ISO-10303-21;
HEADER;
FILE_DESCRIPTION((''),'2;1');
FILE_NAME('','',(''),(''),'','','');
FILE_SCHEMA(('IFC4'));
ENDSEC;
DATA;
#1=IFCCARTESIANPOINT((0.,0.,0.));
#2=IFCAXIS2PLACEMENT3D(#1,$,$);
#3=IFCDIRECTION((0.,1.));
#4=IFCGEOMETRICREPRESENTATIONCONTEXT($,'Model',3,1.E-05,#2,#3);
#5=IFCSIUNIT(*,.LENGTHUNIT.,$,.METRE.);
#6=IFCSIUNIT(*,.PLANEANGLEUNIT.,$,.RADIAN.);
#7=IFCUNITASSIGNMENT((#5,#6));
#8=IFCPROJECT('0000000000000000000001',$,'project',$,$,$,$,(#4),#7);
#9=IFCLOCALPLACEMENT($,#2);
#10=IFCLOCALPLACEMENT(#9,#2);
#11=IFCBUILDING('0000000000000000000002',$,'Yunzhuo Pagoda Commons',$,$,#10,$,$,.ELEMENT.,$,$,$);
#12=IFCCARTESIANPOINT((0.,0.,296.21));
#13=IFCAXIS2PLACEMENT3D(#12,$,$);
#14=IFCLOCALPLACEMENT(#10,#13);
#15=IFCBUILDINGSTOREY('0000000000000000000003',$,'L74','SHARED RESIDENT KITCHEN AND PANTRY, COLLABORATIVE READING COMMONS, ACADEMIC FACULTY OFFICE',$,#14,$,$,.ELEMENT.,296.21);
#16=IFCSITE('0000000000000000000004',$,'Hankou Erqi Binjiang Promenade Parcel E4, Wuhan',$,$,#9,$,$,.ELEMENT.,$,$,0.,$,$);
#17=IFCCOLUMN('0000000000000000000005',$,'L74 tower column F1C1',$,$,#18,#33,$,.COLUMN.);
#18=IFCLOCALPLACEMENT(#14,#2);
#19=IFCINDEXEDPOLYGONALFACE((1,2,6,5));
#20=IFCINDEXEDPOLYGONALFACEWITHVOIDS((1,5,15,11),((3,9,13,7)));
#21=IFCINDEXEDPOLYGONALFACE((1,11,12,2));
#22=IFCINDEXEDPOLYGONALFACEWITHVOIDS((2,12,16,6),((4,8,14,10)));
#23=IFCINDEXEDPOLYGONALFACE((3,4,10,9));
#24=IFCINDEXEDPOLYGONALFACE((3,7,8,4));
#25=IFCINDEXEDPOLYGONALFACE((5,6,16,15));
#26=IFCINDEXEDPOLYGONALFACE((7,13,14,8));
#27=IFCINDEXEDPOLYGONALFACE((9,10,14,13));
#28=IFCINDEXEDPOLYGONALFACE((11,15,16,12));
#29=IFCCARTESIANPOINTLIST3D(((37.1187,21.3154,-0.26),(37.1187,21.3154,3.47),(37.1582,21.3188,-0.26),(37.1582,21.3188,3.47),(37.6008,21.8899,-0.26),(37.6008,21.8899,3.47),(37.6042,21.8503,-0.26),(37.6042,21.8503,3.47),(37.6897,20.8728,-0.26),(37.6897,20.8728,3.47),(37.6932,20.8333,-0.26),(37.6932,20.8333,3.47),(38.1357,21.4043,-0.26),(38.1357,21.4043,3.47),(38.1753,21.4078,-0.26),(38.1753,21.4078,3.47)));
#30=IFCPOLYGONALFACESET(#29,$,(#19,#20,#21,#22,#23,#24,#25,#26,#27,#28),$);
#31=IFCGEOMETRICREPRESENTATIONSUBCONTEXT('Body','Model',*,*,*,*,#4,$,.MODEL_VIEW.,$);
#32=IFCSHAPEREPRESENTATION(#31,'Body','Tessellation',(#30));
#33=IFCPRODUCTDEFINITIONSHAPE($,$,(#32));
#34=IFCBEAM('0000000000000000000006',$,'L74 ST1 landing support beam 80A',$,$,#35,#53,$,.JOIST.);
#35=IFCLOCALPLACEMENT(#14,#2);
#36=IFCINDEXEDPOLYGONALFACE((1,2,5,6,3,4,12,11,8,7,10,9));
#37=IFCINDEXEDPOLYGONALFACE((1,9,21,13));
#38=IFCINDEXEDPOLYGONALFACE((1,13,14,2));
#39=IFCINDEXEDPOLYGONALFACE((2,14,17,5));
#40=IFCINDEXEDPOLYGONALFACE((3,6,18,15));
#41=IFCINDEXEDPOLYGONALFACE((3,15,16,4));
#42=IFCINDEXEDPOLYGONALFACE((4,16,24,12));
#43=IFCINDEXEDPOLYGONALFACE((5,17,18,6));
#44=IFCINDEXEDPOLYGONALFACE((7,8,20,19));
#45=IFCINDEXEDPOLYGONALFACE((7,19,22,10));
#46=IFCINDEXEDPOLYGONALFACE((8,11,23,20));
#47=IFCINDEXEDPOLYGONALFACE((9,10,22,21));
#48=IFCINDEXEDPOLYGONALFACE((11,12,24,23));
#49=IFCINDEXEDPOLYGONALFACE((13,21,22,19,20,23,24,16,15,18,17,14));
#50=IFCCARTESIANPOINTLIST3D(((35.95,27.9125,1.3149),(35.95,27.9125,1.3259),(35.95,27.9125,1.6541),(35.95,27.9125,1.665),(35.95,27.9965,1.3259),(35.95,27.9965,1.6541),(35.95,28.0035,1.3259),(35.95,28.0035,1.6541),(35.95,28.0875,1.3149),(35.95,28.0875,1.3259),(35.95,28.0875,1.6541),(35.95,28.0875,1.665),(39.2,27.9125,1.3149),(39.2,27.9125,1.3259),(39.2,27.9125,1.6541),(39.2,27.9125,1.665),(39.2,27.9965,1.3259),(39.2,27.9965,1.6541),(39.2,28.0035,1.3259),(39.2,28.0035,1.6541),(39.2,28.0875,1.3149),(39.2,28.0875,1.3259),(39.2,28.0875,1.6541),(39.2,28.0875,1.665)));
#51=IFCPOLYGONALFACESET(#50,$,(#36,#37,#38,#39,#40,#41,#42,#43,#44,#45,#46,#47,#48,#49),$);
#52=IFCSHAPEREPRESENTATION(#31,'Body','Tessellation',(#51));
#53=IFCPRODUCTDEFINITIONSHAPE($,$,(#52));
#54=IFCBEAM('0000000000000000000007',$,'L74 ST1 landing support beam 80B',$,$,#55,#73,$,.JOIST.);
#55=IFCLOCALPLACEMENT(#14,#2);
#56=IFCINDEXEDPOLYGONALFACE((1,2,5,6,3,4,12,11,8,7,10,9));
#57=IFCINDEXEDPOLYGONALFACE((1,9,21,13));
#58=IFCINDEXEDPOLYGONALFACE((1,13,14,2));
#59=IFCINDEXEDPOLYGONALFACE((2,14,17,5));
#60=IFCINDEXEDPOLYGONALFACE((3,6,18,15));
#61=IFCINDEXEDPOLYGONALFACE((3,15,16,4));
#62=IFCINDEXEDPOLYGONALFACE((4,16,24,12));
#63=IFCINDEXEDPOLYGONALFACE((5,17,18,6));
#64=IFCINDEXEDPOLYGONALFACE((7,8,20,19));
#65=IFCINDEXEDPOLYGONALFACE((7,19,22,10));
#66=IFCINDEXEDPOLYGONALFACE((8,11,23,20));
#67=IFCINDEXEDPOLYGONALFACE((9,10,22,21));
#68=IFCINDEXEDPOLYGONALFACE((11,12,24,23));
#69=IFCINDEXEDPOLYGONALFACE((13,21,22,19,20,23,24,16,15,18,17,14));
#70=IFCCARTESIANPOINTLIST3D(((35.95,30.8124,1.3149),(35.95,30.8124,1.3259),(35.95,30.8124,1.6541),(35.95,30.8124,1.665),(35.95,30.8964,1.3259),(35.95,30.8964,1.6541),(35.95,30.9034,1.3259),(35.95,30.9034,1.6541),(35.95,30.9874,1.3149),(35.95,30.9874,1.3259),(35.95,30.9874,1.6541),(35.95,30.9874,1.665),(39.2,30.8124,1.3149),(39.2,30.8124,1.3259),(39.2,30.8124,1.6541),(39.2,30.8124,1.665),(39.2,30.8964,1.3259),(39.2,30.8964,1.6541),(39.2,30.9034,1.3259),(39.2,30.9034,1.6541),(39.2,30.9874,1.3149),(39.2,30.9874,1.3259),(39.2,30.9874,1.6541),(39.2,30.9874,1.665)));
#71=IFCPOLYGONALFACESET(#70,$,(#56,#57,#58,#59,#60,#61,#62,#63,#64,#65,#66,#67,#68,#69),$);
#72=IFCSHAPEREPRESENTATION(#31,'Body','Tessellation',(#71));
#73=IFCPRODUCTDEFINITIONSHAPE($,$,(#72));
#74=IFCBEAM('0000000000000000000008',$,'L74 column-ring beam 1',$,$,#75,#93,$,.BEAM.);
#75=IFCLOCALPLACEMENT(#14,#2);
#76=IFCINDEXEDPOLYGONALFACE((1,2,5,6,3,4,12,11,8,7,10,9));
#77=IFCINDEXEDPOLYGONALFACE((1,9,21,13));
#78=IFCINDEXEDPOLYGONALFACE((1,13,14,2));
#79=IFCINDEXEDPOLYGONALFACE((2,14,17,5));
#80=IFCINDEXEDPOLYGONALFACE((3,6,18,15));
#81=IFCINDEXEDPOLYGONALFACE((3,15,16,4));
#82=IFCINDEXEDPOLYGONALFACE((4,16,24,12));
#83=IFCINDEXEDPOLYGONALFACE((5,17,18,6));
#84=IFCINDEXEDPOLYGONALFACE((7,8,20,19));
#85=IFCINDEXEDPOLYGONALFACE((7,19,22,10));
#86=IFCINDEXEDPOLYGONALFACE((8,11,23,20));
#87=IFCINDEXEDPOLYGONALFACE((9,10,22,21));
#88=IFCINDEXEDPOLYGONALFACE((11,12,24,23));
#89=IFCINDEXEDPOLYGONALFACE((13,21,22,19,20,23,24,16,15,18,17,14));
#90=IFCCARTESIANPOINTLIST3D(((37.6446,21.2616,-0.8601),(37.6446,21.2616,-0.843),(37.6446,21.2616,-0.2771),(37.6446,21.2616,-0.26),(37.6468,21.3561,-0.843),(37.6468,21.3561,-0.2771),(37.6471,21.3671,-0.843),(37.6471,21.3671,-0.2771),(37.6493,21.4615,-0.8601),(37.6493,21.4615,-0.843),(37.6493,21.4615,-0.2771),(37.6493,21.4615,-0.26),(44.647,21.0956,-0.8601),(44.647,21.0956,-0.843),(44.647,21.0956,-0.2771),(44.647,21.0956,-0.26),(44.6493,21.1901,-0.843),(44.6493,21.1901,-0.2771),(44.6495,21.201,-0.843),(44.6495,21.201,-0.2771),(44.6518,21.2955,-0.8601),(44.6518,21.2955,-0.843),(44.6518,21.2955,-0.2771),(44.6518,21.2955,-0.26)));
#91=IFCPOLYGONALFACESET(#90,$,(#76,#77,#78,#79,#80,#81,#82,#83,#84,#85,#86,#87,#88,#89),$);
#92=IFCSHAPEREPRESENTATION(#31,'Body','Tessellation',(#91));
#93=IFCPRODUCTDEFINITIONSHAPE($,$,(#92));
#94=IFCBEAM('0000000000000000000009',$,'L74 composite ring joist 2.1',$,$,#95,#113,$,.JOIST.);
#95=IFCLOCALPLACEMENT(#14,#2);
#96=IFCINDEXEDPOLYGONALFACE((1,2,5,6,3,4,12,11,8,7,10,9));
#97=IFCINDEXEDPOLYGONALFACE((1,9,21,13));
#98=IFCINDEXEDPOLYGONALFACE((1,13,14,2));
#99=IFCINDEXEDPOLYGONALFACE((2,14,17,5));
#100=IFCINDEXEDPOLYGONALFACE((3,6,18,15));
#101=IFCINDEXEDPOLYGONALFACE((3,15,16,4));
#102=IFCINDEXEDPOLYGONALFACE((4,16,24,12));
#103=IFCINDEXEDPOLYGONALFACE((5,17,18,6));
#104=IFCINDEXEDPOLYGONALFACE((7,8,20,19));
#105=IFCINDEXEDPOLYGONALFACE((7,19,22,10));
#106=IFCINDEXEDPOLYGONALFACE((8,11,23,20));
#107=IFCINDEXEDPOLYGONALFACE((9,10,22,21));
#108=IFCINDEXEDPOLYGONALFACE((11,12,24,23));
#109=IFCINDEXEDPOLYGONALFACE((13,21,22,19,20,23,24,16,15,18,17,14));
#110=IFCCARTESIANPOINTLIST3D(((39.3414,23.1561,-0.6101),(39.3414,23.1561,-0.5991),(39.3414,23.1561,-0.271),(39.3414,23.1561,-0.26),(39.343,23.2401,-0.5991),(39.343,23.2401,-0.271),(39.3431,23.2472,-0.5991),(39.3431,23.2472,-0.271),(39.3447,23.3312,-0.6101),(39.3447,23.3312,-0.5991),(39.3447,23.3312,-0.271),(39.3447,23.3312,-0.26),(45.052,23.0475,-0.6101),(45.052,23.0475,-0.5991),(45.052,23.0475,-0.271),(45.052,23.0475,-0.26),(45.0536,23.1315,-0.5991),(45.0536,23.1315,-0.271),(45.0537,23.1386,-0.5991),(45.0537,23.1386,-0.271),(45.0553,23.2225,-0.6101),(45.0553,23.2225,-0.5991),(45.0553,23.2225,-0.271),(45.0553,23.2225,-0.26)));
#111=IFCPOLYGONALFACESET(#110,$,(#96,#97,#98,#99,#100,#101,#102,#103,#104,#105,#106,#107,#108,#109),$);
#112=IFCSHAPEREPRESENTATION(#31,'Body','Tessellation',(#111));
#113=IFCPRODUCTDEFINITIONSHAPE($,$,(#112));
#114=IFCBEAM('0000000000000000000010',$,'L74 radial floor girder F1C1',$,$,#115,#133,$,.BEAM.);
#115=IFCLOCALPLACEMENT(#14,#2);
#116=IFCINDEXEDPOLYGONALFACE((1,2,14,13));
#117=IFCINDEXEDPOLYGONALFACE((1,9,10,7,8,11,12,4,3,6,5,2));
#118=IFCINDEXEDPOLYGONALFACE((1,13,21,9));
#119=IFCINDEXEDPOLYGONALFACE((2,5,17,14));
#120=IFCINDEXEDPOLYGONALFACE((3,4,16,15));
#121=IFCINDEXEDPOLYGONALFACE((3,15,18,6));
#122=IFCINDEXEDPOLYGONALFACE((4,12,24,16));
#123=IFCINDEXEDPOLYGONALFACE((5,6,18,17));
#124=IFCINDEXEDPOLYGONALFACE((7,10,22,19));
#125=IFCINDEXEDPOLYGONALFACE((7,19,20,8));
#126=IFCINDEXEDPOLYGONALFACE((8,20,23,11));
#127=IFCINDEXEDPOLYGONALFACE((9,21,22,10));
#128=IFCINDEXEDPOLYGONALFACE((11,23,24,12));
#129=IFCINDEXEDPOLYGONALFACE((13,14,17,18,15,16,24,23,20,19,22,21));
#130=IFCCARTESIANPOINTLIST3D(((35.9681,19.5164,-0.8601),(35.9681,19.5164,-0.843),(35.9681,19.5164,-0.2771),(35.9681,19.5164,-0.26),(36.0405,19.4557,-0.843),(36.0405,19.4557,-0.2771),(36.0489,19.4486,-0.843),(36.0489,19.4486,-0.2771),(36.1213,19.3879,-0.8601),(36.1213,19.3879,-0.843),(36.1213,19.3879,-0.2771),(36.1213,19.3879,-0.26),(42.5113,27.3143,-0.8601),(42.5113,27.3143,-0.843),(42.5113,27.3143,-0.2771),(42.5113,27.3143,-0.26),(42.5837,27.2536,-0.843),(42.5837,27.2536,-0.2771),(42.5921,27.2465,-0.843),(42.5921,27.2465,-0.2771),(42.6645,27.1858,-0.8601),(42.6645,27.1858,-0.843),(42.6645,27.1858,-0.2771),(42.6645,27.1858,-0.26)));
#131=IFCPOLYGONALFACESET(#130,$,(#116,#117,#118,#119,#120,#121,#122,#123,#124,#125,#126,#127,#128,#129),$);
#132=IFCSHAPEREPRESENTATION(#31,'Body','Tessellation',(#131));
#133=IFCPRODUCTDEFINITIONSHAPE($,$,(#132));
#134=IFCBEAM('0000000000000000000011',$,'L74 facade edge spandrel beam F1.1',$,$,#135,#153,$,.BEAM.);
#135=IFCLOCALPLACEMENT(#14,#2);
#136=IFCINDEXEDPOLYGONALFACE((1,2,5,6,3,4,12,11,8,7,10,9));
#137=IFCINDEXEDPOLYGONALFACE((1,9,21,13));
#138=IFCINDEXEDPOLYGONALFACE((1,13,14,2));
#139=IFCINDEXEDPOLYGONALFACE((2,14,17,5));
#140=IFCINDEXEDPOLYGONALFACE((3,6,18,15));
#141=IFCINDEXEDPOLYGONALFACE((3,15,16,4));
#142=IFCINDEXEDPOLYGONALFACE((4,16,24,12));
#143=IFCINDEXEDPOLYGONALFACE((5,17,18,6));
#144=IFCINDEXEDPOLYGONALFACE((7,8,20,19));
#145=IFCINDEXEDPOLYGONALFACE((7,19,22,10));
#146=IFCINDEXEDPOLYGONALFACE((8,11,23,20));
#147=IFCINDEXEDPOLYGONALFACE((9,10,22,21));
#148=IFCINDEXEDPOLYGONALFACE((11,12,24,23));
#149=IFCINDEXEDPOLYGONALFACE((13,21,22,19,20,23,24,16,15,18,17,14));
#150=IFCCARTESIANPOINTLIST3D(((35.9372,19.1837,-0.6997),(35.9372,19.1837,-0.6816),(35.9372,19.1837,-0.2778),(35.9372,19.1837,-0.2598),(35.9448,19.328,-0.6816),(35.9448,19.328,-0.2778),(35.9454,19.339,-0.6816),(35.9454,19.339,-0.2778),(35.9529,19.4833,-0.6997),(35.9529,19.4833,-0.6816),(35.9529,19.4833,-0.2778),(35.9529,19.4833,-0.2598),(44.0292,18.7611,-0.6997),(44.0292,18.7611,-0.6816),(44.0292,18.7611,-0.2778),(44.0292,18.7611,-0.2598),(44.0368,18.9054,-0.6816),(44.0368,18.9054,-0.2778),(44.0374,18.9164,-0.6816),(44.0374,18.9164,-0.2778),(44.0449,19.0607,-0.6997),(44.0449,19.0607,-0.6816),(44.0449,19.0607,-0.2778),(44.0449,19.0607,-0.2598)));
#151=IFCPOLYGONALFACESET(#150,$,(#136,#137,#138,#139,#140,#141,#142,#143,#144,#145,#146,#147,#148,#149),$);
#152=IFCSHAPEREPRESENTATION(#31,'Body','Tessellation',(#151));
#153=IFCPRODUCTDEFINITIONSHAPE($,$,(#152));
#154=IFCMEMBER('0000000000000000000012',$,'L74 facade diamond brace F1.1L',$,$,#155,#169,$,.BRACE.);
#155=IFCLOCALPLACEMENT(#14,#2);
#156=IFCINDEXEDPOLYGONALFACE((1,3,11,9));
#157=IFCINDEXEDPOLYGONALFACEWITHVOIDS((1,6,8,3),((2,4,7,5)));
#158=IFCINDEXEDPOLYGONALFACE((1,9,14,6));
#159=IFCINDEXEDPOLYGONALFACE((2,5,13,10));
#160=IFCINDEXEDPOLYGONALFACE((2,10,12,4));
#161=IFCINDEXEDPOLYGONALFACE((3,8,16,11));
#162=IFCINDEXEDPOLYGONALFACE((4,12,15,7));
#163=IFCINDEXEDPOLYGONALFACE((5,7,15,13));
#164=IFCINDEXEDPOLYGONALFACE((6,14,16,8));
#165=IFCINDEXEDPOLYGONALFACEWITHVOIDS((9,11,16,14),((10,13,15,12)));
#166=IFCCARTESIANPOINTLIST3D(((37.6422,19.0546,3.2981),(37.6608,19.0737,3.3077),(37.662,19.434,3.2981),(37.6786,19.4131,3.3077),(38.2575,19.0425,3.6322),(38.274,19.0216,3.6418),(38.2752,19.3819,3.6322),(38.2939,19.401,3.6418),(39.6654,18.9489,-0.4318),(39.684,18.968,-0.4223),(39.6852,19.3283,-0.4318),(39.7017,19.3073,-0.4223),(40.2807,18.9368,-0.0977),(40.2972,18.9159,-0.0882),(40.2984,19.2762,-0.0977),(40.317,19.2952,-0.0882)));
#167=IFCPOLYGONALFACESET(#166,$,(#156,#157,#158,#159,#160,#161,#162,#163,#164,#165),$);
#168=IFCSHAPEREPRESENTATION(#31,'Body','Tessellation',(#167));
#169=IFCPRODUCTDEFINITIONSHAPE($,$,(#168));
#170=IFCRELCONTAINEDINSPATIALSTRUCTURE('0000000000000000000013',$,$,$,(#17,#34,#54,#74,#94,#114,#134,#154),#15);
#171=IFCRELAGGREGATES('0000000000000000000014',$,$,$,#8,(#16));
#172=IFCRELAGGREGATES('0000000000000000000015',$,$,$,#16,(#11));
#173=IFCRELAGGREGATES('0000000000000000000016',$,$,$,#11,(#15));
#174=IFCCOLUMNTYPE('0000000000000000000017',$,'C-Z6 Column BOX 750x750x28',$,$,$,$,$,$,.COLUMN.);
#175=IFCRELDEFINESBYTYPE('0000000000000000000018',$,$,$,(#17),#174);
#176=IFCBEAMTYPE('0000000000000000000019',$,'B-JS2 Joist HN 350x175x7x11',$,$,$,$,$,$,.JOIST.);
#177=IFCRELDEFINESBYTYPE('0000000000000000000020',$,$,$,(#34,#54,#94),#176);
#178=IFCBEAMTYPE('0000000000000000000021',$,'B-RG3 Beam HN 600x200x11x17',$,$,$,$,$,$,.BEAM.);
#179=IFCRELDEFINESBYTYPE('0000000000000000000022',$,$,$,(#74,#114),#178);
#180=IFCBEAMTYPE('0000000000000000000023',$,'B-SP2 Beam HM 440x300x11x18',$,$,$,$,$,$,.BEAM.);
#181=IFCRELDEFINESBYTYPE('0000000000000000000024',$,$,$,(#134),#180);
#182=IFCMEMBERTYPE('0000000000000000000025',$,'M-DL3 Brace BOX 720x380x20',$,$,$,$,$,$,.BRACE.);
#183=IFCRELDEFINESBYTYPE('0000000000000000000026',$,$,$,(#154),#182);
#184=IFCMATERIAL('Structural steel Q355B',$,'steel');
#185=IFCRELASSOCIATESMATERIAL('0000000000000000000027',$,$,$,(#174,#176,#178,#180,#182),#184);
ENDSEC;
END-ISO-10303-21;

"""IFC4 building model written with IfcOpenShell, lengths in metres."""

from ifc_helpers import new_model, si_unit, direction, frame, origin, origin_2d, place, context, subcontext, project, spatial, hollow_rectangle, i_section, extrude, source, transform, mapped, material, material_profile, profile_set, type_object, element, save


model = new_model("IFC4")

# Units and contexts
model_context = context("Model", 3, precision=1e-05, world=origin(), true_north=direction((0.0, 1.0)))
body_context = subcontext(model_context, "Body", "Model", "MODEL_VIEW")
ifc_project = project(units=[si_unit("LENGTHUNIT", "METRE"), si_unit("PLANEANGLEUNIT", "RADIAN")], contexts=[model_context])

# Site, building, storey
site_placement = place(None, origin())
site = spatial("IfcSite", under=ifc_project, at=site_placement, Name="Hankou Erqi Binjiang Promenade Parcel E4, Wuhan", CompositionType="ELEMENT", RefElevation=0.0)
building_placement = place(site_placement, origin())
building = spatial("IfcBuilding", under=site, at=building_placement, Name="Yunzhuo Pagoda Commons", CompositionType="ELEMENT")
storey_placement = place(building_placement, frame((0.0, 0.0, 296.21)))
storey = spatial("IfcBuildingStorey", under=building, at=storey_placement, Name="L74", Description="SHARED RESIDENT KITCHEN AND PANTRY, COLLABORATIVE READING COMMONS, ACADEMIC FACULTY OFFICE", CompositionType="ELEMENT", Elevation=296.21)

# Column
ifc_material_1 = material(Name="Structural steel Q355B", Category="steel")
ifc_material_profile_1 = material_profile(ifc_material_1, hollow_rectangle(XDim=0.75, YDim=0.75, WallThickness=0.0281, at=origin_2d()), Name="Structural steel Q355B")
ifc_profile_set_1 = profile_set([ifc_material_profile_1], Name="Structural steel Q355B")
column_type = type_object("IfcColumnType", Name="C-Z6 Column BOX 750x750x28", PredefinedType="COLUMN", material=ifc_profile_set_1)
shared_shape_1 = source(origin(), body_context, "Body", "SweptSolid", [
    extrude(hollow_rectangle(XDim=0.75, YDim=0.75, WallThickness=0.0281, at=origin_2d()), origin(), (0.0, 0.0, 1.0), 3.73),
])
column_placement = place(storey_placement, frame((37.647, 21.3616, -0.26), z_axis=(0.0, 0.0, 1.0), x_axis=(0.766044, -0.642788, 0.0)))
element("IfcColumn", 1, at=column_placement, inside=storey, type_object=column_type, Name="L74 tower column F1C1", PredefinedType="COLUMN", context=body_context, shape_type="MappedRepresentation", body=[
    mapped(shared_shape_1, transform((0.0, 0.0, 0.0), scale=1.0)),
])

# Beams
ifc_material_profile_2 = material_profile(ifc_material_1, i_section(OverallWidth=0.175, OverallDepth=0.3501, WebThickness=0.0071, FlangeThickness=0.011, at=origin_2d()), Name="Structural steel Q355B")
ifc_profile_set_2 = profile_set([ifc_material_profile_2], Name="Structural steel Q355B")
beam_type_1 = type_object("IfcBeamType", Name="B-JS2 Joist HN 350x175x7x11", PredefinedType="JOIST", material=ifc_profile_set_2)
shared_shape_2 = source(origin(), body_context, "Body", "SweptSolid", [
    extrude(i_section(OverallWidth=0.175, OverallDepth=0.3501, WebThickness=0.0071, FlangeThickness=0.011, at=origin_2d()), origin(), (0.0, 0.0, 1.0), 3.25),
])
for number, where, z_axis, x_axis, name in (
    (2, (35.95, 28.0, 1.49), (1.0, 0.0, 0.0), (0.0, 1.0, 0.0), "L74 ST1 landing support beam 80A"),
    (3, (35.95, 30.8999, 1.49), (1.0, 0.0, 0.0), (0.0, 1.0, 0.0), "L74 ST1 landing support beam 80B"),
):
    element("IfcBeam", number, at=place(storey_placement, frame(where, z_axis=z_axis, x_axis=x_axis)), inside=storey, type_object=beam_type_1, Name=name, PredefinedType="JOIST", context=body_context, shape_type="MappedRepresentation", body=[
        mapped(shared_shape_2, transform((0.0, 0.0, 0.0), scale=1.0)),
    ])
ifc_material_profile_3 = material_profile(ifc_material_1, i_section(OverallWidth=0.2, OverallDepth=0.6001, WebThickness=0.011, FlangeThickness=0.0171, at=origin_2d()), Name="Structural steel Q355B")
ifc_profile_set_3 = profile_set([ifc_material_profile_3], Name="Structural steel Q355B")
beam_type_2 = type_object("IfcBeamType", Name="B-RG3 Beam HN 600x200x11x17", PredefinedType="BEAM", material=ifc_profile_set_3)
shared_shape_3 = source(origin(), body_context, "Body", "SweptSolid", [
    extrude(i_section(OverallWidth=0.2, OverallDepth=0.6001, WebThickness=0.011, FlangeThickness=0.0171, at=origin_2d()), origin(), (0.0, 0.0, 1.0), 7.0044),
])
beam_1_placement = place(storey_placement, frame((37.647, 21.3616, -0.5601), z_axis=(0.999719, -0.023702, 0.0), x_axis=(0.023702, 0.999719, 0.0)))
element("IfcBeam", 4, at=beam_1_placement, inside=storey, type_object=beam_type_2, Name="L74 column-ring beam 1", PredefinedType="BEAM", context=body_context, shape_type="MappedRepresentation", body=[
    mapped(shared_shape_3, transform((0.0, 0.0, 0.0), scale=1.0)),
])
shared_shape_4 = source(origin(), body_context, "Body", "SweptSolid", [
    extrude(i_section(OverallWidth=0.175, OverallDepth=0.3501, WebThickness=0.0071, FlangeThickness=0.011, at=origin_2d()), origin(), (0.0, 0.0, 1.0), 5.7117),
])
beam_2_placement = place(storey_placement, frame((39.343, 23.2437, -0.4351), z_axis=(0.999819, -0.019021, 0.0), x_axis=(0.019021, 0.999819, 0.0)))
element("IfcBeam", 5, at=beam_2_placement, inside=storey, type_object=beam_type_1, Name="L74 composite ring joist 2.1", PredefinedType="JOIST", context=body_context, shape_type="MappedRepresentation", body=[
    mapped(shared_shape_4, transform((0.0, 0.0, 0.0), scale=1.0)),
])
shared_shape_5 = source(origin(), body_context, "Body", "SweptSolid", [
    extrude(i_section(OverallWidth=0.2, OverallDepth=0.6001, WebThickness=0.011, FlangeThickness=0.0171, at=origin_2d()), origin(), (0.0, 0.0, 1.0), 10.1794),
])
beam_3_placement = place(storey_placement, frame((36.0447, 19.4521, -0.5601), z_axis=(0.64279, 0.766043, 0.0), x_axis=(-0.766043, 0.64279, 0.0)))
element("IfcBeam", 6, at=beam_3_placement, inside=storey, type_object=beam_type_2, Name="L74 radial floor girder F1C1", PredefinedType="BEAM", context=body_context, shape_type="MappedRepresentation", body=[
    mapped(shared_shape_5, transform((0.0, 0.0, 0.0), scale=1.0)),
])
ifc_material_profile_4 = material_profile(ifc_material_1, i_section(OverallWidth=0.3, OverallDepth=0.4399, WebThickness=0.011, FlangeThickness=0.0181, at=origin_2d()), Name="Structural steel Q355B")
ifc_profile_set_4 = profile_set([ifc_material_profile_4], Name="Structural steel Q355B")
beam_type_3 = type_object("IfcBeamType", Name="B-SP2 Beam HM 440x300x11x18", PredefinedType="BEAM", material=ifc_profile_set_4)
shared_shape_6 = source(origin(), body_context, "Body", "SweptSolid", [
    extrude(i_section(OverallWidth=0.3, OverallDepth=0.4399, WebThickness=0.011, FlangeThickness=0.0181, at=origin_2d()), origin(), (0.0, 0.0, 1.0), 8.103),
])
beam_4_placement = place(storey_placement, frame((35.9451, 19.3335, -0.4797), z_axis=(0.998639, -0.052154, 0.0), x_axis=(0.052154, 0.998639, 0.0)))
element("IfcBeam", 7, at=beam_4_placement, inside=storey, type_object=beam_type_3, Name="L74 facade edge spandrel beam F1.1", PredefinedType="BEAM", context=body_context, shape_type="MappedRepresentation", body=[
    mapped(shared_shape_6, transform((0.0, 0.0, 0.0), scale=1.0)),
])

# Member
ifc_material_profile_5 = material_profile(ifc_material_1, hollow_rectangle(XDim=0.3799, YDim=0.72, WallThickness=0.02, at=origin_2d()), Name="Structural steel Q355B")
ifc_profile_set_5 = profile_set([ifc_material_profile_5], Name="Structural steel Q355B")
member_type_1 = type_object("IfcMemberType", Name="M-DL3 Brace BOX 720x380x20", PredefinedType="BRACE", material=ifc_profile_set_5)
shared_shape_7 = source(origin(), body_context, "Body", "SweptSolid", [
    extrude(hollow_rectangle(XDim=0.3799, YDim=0.72, WallThickness=0.02, at=origin_2d()), origin(), (0.0, 0.0, 1.0), 4.2446),
])
for number, where, z_axis, x_axis, name in (
    (8, (39.9912, 19.1221, -0.26), (-0.476643, 0.024905, 0.878744), (-0.052179, -0.998638, 0.0), "L74 facade diamond brace F1.1L"),
):
    element("IfcMember", number, at=place(storey_placement, frame(where, z_axis=z_axis, x_axis=x_axis)), inside=storey, type_object=member_type_1, Name=name, PredefinedType="BRACE", context=body_context, shape_type="MappedRepresentation", body=[
        mapped(shared_shape_7, transform((0.0, 0.0, 0.0), scale=1.0)),
    ])

save(model, "model.ifc")
